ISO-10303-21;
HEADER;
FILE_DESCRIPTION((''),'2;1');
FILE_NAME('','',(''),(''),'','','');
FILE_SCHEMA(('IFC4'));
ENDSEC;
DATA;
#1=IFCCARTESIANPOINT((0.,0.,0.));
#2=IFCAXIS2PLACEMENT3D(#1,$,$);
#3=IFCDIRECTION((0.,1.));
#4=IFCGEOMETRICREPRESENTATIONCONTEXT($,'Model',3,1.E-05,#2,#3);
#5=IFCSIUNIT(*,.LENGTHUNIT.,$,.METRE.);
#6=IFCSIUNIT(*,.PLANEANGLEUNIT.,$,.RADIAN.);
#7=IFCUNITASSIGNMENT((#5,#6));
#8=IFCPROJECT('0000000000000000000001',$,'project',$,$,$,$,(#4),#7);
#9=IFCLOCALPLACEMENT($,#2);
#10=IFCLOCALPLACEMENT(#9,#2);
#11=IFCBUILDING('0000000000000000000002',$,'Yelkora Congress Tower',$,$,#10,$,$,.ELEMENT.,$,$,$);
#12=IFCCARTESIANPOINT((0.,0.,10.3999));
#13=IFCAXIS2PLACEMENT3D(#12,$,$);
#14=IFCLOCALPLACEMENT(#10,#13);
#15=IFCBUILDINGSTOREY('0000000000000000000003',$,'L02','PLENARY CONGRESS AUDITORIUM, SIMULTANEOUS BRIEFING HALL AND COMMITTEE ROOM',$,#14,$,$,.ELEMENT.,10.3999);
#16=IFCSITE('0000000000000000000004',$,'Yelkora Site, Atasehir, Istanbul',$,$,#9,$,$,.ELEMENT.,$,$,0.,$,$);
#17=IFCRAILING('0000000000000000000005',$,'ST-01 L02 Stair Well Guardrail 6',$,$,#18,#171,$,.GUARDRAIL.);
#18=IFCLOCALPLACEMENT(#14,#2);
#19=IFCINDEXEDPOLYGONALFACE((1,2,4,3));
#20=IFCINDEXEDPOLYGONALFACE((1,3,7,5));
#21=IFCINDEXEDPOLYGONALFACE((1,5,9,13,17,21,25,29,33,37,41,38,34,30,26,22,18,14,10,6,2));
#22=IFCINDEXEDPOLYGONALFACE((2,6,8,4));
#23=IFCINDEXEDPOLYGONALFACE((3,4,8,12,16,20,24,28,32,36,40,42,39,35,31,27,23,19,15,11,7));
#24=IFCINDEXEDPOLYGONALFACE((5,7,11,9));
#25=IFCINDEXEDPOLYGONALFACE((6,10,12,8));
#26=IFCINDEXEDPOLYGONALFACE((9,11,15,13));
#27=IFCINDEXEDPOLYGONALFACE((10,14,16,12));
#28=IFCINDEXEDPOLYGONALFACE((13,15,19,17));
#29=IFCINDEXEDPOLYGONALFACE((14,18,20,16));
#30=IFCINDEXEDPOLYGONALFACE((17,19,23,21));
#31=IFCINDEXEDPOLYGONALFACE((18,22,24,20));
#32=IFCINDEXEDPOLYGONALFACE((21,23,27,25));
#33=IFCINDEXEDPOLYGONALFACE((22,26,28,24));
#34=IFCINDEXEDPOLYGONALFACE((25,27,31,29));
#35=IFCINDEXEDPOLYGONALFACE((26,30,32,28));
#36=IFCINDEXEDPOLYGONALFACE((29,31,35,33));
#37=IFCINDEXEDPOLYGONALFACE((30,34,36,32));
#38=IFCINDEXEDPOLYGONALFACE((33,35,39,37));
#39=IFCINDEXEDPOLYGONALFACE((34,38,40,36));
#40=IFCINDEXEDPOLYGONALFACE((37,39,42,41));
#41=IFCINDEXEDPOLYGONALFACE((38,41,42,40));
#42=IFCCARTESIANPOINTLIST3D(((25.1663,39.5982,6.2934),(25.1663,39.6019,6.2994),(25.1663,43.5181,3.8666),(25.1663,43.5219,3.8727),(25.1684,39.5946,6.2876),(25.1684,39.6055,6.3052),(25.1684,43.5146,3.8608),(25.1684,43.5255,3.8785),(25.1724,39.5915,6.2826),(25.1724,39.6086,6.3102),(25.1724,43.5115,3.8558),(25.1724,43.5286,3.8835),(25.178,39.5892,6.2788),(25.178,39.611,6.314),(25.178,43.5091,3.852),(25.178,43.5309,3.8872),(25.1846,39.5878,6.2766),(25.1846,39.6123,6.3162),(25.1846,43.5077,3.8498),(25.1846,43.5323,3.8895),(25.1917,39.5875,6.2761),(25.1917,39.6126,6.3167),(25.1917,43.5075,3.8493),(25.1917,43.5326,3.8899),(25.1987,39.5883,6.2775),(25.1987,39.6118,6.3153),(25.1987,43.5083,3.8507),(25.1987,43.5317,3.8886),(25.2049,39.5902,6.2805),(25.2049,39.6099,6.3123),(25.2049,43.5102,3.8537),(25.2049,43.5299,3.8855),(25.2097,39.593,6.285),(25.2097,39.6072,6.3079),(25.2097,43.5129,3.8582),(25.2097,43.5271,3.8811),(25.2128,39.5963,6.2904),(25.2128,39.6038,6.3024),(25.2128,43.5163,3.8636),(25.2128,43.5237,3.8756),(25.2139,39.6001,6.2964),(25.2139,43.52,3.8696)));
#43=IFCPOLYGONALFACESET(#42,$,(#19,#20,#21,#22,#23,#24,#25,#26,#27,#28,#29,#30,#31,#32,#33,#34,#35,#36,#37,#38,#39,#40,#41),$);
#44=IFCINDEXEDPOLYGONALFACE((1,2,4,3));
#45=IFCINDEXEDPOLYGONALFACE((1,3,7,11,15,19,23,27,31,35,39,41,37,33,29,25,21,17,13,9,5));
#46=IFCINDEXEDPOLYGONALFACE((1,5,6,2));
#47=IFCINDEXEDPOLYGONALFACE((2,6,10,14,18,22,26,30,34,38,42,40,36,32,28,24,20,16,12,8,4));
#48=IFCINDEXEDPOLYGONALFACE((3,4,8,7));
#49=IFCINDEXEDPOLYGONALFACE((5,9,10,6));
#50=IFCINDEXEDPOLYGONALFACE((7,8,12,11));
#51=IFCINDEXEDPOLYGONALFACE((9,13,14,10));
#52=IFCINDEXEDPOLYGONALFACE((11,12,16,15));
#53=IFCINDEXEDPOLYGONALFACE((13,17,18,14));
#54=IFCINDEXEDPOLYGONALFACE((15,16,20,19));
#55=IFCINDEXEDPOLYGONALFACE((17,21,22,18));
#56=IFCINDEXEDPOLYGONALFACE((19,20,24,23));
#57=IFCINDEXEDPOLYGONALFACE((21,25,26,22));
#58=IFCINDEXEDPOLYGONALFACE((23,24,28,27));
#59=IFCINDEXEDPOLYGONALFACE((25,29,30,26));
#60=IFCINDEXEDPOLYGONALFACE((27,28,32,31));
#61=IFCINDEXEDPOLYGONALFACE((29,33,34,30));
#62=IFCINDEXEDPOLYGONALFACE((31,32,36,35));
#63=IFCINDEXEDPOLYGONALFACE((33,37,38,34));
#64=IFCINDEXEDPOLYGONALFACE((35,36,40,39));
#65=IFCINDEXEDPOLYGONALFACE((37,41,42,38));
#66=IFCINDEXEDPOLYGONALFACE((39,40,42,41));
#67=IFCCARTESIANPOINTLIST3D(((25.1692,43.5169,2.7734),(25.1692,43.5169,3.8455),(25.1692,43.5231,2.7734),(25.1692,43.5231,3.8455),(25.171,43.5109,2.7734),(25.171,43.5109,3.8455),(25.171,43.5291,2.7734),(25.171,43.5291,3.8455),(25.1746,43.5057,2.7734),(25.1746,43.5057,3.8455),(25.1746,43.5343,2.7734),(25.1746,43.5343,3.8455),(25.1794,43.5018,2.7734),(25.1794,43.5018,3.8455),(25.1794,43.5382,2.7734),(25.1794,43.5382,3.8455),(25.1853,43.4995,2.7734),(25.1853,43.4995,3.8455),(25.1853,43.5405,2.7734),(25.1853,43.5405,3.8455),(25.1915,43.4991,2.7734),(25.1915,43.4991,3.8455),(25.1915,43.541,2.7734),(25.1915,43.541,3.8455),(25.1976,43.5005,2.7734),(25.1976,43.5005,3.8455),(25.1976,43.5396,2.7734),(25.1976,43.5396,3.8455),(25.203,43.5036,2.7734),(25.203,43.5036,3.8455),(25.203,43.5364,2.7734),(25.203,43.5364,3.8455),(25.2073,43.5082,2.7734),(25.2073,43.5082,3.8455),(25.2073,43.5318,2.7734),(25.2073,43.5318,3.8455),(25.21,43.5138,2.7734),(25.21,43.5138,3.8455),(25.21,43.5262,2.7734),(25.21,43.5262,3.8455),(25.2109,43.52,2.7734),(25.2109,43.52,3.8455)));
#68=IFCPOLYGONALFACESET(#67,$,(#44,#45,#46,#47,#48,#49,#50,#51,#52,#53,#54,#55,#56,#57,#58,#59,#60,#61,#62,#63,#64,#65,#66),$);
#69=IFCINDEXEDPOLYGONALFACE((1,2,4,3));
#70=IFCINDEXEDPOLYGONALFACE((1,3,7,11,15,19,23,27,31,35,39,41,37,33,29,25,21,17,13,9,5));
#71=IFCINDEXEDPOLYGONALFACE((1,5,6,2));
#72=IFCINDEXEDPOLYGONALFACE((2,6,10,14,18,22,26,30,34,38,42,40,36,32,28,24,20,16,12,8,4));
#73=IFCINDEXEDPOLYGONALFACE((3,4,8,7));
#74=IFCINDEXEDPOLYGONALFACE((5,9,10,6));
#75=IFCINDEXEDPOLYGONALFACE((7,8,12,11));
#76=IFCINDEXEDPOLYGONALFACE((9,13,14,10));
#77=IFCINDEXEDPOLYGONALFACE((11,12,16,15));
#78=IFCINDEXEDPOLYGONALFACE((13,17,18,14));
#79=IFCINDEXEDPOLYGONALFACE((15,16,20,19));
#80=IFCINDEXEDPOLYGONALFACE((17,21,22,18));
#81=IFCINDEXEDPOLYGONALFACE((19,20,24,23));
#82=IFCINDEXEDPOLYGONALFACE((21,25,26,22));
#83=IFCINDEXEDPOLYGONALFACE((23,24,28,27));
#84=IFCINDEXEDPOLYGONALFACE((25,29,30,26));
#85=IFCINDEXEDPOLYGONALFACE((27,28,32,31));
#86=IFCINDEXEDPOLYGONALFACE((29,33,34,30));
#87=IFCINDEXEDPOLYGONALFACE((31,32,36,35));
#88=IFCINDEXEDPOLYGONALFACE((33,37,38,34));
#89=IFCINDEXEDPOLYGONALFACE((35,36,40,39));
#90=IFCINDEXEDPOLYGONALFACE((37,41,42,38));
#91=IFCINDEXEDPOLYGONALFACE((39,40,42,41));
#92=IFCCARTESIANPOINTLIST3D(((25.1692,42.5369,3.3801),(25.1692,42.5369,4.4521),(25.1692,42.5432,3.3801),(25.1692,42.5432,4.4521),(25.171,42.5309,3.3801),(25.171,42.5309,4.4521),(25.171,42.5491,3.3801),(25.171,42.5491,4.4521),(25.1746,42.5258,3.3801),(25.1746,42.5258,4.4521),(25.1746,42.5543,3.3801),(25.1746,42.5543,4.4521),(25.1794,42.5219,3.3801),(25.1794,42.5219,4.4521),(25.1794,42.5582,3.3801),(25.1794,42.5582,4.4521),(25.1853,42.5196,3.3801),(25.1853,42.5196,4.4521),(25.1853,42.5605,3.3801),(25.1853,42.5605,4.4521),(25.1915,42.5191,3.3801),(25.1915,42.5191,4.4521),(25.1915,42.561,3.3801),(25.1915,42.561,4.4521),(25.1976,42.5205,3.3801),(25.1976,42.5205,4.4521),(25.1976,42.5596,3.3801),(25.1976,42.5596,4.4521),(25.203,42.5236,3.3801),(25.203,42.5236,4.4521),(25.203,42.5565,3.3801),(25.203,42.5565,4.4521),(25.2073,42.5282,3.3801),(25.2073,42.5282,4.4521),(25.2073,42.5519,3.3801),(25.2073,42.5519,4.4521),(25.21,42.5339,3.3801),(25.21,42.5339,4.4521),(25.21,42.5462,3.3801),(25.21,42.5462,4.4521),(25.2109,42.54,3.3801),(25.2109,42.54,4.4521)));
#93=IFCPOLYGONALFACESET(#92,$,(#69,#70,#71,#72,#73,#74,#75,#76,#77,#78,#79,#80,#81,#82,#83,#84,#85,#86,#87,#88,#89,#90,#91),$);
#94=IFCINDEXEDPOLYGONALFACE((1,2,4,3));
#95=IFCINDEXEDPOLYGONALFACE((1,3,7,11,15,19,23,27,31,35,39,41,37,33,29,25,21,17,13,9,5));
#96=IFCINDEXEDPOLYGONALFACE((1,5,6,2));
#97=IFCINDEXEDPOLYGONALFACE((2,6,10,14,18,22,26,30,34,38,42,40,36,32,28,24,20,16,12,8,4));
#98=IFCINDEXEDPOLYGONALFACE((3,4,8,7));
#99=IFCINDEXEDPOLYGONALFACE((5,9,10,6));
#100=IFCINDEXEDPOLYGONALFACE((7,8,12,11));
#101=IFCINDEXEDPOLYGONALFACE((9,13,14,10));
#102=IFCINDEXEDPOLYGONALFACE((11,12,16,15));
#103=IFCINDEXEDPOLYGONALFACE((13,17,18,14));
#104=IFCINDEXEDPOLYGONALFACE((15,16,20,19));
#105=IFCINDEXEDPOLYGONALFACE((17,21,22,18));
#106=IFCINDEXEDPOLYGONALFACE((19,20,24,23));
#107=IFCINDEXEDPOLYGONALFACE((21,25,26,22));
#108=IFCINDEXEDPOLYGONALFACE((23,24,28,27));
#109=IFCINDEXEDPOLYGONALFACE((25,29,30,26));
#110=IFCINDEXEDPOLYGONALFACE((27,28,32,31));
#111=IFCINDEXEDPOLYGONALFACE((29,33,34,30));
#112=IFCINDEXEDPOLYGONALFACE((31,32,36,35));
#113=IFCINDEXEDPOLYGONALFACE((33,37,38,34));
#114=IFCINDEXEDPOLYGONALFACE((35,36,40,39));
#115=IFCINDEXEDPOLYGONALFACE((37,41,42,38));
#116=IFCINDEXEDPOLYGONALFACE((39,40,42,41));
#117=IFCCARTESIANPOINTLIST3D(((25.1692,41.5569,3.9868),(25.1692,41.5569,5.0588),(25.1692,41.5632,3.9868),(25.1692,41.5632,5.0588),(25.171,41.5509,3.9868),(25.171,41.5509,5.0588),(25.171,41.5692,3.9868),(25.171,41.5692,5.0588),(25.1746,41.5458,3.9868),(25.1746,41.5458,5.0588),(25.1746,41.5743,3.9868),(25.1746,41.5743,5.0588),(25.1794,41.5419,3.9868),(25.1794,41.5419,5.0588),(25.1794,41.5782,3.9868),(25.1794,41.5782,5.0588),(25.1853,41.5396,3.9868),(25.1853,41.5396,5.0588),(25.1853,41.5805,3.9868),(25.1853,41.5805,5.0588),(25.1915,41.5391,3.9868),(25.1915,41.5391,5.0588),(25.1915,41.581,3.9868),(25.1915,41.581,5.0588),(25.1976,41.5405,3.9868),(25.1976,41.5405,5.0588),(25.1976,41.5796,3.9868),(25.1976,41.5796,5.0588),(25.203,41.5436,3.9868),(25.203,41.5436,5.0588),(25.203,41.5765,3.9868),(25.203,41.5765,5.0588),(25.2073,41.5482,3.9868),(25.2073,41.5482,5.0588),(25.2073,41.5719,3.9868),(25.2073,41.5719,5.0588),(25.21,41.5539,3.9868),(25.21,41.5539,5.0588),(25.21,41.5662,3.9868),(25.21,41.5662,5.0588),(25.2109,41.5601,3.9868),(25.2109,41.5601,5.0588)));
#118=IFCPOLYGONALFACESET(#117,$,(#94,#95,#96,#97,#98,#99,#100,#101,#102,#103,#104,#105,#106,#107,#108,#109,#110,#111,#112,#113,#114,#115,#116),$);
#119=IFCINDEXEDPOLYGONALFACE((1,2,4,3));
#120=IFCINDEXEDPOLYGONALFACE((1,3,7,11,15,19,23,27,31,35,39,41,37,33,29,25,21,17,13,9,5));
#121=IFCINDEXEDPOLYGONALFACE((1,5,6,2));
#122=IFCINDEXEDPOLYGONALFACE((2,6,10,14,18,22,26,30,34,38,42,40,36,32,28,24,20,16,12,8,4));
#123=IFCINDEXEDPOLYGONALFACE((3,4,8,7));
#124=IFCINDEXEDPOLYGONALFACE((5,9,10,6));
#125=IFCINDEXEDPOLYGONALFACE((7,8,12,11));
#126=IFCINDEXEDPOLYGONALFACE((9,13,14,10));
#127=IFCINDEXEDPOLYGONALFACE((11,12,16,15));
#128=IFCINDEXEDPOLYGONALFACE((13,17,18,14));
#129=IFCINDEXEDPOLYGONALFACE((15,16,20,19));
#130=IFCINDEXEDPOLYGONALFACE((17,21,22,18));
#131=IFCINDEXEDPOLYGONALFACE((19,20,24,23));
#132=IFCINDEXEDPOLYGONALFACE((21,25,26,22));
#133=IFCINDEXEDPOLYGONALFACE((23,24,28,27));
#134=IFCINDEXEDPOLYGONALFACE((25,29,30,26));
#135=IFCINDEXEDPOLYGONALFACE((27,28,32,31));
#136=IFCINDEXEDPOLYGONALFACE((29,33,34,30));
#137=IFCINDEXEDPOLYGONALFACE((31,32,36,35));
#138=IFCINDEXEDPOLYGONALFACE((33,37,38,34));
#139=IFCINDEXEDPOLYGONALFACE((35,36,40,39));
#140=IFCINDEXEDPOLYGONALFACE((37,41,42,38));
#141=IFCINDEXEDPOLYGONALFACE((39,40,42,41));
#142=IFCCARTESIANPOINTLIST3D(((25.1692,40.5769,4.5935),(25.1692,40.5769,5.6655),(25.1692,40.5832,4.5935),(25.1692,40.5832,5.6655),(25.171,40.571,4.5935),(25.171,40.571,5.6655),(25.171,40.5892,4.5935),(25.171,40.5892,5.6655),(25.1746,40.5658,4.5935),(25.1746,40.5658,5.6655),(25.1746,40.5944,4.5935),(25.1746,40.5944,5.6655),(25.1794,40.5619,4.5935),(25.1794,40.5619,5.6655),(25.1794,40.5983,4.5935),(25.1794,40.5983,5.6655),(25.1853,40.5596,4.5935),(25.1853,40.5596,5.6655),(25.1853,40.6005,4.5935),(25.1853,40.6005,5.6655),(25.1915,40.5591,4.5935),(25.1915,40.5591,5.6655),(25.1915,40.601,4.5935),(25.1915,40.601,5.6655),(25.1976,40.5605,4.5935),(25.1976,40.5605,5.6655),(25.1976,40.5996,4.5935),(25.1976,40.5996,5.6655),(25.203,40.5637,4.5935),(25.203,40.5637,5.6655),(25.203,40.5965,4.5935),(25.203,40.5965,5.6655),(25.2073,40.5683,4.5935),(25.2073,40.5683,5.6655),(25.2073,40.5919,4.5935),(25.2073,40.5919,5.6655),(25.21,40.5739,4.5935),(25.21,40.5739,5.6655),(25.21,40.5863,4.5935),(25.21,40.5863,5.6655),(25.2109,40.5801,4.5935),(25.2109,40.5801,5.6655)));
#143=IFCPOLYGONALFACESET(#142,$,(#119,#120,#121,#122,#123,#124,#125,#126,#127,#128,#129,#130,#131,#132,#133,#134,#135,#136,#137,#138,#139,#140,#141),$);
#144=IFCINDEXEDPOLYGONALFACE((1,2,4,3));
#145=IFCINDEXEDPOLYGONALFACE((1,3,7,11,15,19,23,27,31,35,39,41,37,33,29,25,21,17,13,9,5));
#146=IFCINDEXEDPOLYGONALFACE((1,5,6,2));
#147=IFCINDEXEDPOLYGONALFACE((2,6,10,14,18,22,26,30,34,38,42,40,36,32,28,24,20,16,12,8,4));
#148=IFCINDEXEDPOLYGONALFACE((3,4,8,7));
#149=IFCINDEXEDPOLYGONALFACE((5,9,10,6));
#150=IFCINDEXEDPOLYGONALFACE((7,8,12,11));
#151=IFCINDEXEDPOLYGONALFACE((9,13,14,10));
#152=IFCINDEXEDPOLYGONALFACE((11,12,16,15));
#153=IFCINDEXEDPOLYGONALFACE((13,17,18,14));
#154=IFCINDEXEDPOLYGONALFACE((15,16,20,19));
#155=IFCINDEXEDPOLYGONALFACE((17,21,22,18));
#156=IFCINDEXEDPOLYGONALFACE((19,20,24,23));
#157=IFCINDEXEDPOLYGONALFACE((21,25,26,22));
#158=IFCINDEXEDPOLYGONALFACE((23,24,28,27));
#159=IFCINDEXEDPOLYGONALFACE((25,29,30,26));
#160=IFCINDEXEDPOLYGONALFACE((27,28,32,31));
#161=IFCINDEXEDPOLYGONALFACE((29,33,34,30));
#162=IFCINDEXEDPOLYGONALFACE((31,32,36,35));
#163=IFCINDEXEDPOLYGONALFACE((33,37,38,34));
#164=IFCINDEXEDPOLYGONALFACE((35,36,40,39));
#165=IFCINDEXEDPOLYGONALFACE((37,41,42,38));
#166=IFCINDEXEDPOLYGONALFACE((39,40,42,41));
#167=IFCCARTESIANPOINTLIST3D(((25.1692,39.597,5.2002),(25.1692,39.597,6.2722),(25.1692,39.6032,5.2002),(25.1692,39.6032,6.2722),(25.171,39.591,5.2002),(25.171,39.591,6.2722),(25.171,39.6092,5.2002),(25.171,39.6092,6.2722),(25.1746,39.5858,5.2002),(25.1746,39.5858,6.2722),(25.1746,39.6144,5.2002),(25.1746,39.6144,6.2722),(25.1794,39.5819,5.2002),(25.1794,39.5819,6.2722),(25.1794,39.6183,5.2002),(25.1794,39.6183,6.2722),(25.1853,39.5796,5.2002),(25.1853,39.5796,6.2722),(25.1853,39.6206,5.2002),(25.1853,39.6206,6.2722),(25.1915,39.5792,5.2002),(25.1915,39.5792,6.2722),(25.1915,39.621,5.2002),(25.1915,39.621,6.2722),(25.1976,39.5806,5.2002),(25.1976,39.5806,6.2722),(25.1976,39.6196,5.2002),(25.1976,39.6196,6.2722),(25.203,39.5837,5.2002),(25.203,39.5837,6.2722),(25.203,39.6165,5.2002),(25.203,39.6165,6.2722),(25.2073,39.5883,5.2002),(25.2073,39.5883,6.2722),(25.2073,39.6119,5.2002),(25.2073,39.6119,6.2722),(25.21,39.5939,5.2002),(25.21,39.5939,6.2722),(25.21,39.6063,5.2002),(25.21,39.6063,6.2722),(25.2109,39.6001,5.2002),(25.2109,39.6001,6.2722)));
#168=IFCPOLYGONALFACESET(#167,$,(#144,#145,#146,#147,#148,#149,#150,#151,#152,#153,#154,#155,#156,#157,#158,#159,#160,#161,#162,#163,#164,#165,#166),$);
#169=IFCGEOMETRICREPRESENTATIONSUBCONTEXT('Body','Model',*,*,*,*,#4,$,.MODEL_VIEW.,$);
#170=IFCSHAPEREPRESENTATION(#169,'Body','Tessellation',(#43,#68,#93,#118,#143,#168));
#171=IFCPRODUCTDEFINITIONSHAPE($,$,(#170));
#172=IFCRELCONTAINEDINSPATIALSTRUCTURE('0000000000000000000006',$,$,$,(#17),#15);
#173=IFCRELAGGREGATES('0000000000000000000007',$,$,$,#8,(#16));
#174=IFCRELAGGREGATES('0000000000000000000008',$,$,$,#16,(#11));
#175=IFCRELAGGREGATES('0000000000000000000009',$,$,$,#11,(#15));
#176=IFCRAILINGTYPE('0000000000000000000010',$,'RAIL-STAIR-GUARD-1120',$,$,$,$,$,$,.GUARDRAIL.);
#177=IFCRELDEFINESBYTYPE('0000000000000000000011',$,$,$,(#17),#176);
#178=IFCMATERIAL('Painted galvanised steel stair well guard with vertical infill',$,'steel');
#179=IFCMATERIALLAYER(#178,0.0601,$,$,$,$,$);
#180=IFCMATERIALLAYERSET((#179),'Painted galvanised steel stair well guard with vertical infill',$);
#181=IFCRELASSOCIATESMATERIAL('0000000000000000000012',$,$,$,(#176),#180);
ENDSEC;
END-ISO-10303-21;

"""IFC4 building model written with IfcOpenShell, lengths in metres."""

from ifc_helpers import new_model, si_unit, direction, frame, origin, origin_2d, place, context, subcontext, project, spatial, circle, extrude, material, layer, layer_set, type_object, element, save


model = new_model("IFC4")

# Units and contexts
model_context = context("Model", 3, precision=1e-05, world=origin(), true_north=direction((0.0, 1.0)))
body_context = subcontext(model_context, "Body", "Model", "MODEL_VIEW")
ifc_project = project(units=[si_unit("LENGTHUNIT", "METRE"), si_unit("PLANEANGLEUNIT", "RADIAN")], contexts=[model_context])

# Site, building, storey
site_placement = place(None, origin())
site = spatial("IfcSite", under=ifc_project, at=site_placement, Name="Yelkora Site, Atasehir, Istanbul", CompositionType="ELEMENT", RefElevation=0.0)
building_placement = place(site_placement, origin())
building = spatial("IfcBuilding", under=site, at=building_placement, Name="Yelkora Congress Tower", CompositionType="ELEMENT")
storey_placement = place(building_placement, frame((0.0, 0.0, 10.3999)))
storey = spatial("IfcBuildingStorey", under=building, at=storey_placement, Name="L02", Description="PLENARY CONGRESS AUDITORIUM, SIMULTANEOUS BRIEFING HALL AND COMMITTEE ROOM", CompositionType="ELEMENT", Elevation=10.3999)

# Railing
ifc_material_1 = material(Name="Painted galvanised steel stair well guard with vertical infill", Category="steel")
ifc_layer_1 = layer(ifc_material_1, 0.0601)
ifc_layer_set_1 = layer_set([ifc_layer_1], Name="Painted galvanised steel stair well guard with vertical infill")
railing_type_1 = type_object("IfcRailingType", Name="RAIL-STAIR-GUARD-1120", PredefinedType="GUARDRAIL", material=ifc_layer_set_1)
railing_1_placement = place(storey_placement, frame((25.1899, 43.52, 2.7734)))
element("IfcRailing", 1, at=railing_1_placement, inside=storey, type_object=railing_type_1, Name="ST-01 L02 Stair Well Guardrail 6", PredefinedType="GUARDRAIL", context=body_context, shape_type="SweptSolid", body=[
    extrude(circle(Radius=0.0239, at=origin_2d()), frame((0.0, 0.0, 1.0962), z_axis=(0.0, -0.850252, 0.526376), x_axis=(1.0, 0.0, 0.0)), (0.0, 0.0, 1.0), 4.6104),
    extrude(circle(Radius=0.021, at=origin_2d()), origin(), (0.0, 0.0, 1.0), 1.072),
    extrude(circle(Radius=0.021, at=origin_2d()), frame((0.0, -0.98, 0.6067)), (0.0, 0.0, 1.0), 1.072),
    extrude(circle(Radius=0.021, at=origin_2d()), frame((0.0, -1.96, 1.2134)), (0.0, 0.0, 1.0), 1.072),
    extrude(circle(Radius=0.021, at=origin_2d()), frame((0.0, -2.9399, 1.8201)), (0.0, 0.0, 1.0), 1.072),
    extrude(circle(Radius=0.021, at=origin_2d()), frame((0.0, -3.9199, 2.4268)), (0.0, 0.0, 1.0), 1.072),
])

save(model, "model.ifc")
